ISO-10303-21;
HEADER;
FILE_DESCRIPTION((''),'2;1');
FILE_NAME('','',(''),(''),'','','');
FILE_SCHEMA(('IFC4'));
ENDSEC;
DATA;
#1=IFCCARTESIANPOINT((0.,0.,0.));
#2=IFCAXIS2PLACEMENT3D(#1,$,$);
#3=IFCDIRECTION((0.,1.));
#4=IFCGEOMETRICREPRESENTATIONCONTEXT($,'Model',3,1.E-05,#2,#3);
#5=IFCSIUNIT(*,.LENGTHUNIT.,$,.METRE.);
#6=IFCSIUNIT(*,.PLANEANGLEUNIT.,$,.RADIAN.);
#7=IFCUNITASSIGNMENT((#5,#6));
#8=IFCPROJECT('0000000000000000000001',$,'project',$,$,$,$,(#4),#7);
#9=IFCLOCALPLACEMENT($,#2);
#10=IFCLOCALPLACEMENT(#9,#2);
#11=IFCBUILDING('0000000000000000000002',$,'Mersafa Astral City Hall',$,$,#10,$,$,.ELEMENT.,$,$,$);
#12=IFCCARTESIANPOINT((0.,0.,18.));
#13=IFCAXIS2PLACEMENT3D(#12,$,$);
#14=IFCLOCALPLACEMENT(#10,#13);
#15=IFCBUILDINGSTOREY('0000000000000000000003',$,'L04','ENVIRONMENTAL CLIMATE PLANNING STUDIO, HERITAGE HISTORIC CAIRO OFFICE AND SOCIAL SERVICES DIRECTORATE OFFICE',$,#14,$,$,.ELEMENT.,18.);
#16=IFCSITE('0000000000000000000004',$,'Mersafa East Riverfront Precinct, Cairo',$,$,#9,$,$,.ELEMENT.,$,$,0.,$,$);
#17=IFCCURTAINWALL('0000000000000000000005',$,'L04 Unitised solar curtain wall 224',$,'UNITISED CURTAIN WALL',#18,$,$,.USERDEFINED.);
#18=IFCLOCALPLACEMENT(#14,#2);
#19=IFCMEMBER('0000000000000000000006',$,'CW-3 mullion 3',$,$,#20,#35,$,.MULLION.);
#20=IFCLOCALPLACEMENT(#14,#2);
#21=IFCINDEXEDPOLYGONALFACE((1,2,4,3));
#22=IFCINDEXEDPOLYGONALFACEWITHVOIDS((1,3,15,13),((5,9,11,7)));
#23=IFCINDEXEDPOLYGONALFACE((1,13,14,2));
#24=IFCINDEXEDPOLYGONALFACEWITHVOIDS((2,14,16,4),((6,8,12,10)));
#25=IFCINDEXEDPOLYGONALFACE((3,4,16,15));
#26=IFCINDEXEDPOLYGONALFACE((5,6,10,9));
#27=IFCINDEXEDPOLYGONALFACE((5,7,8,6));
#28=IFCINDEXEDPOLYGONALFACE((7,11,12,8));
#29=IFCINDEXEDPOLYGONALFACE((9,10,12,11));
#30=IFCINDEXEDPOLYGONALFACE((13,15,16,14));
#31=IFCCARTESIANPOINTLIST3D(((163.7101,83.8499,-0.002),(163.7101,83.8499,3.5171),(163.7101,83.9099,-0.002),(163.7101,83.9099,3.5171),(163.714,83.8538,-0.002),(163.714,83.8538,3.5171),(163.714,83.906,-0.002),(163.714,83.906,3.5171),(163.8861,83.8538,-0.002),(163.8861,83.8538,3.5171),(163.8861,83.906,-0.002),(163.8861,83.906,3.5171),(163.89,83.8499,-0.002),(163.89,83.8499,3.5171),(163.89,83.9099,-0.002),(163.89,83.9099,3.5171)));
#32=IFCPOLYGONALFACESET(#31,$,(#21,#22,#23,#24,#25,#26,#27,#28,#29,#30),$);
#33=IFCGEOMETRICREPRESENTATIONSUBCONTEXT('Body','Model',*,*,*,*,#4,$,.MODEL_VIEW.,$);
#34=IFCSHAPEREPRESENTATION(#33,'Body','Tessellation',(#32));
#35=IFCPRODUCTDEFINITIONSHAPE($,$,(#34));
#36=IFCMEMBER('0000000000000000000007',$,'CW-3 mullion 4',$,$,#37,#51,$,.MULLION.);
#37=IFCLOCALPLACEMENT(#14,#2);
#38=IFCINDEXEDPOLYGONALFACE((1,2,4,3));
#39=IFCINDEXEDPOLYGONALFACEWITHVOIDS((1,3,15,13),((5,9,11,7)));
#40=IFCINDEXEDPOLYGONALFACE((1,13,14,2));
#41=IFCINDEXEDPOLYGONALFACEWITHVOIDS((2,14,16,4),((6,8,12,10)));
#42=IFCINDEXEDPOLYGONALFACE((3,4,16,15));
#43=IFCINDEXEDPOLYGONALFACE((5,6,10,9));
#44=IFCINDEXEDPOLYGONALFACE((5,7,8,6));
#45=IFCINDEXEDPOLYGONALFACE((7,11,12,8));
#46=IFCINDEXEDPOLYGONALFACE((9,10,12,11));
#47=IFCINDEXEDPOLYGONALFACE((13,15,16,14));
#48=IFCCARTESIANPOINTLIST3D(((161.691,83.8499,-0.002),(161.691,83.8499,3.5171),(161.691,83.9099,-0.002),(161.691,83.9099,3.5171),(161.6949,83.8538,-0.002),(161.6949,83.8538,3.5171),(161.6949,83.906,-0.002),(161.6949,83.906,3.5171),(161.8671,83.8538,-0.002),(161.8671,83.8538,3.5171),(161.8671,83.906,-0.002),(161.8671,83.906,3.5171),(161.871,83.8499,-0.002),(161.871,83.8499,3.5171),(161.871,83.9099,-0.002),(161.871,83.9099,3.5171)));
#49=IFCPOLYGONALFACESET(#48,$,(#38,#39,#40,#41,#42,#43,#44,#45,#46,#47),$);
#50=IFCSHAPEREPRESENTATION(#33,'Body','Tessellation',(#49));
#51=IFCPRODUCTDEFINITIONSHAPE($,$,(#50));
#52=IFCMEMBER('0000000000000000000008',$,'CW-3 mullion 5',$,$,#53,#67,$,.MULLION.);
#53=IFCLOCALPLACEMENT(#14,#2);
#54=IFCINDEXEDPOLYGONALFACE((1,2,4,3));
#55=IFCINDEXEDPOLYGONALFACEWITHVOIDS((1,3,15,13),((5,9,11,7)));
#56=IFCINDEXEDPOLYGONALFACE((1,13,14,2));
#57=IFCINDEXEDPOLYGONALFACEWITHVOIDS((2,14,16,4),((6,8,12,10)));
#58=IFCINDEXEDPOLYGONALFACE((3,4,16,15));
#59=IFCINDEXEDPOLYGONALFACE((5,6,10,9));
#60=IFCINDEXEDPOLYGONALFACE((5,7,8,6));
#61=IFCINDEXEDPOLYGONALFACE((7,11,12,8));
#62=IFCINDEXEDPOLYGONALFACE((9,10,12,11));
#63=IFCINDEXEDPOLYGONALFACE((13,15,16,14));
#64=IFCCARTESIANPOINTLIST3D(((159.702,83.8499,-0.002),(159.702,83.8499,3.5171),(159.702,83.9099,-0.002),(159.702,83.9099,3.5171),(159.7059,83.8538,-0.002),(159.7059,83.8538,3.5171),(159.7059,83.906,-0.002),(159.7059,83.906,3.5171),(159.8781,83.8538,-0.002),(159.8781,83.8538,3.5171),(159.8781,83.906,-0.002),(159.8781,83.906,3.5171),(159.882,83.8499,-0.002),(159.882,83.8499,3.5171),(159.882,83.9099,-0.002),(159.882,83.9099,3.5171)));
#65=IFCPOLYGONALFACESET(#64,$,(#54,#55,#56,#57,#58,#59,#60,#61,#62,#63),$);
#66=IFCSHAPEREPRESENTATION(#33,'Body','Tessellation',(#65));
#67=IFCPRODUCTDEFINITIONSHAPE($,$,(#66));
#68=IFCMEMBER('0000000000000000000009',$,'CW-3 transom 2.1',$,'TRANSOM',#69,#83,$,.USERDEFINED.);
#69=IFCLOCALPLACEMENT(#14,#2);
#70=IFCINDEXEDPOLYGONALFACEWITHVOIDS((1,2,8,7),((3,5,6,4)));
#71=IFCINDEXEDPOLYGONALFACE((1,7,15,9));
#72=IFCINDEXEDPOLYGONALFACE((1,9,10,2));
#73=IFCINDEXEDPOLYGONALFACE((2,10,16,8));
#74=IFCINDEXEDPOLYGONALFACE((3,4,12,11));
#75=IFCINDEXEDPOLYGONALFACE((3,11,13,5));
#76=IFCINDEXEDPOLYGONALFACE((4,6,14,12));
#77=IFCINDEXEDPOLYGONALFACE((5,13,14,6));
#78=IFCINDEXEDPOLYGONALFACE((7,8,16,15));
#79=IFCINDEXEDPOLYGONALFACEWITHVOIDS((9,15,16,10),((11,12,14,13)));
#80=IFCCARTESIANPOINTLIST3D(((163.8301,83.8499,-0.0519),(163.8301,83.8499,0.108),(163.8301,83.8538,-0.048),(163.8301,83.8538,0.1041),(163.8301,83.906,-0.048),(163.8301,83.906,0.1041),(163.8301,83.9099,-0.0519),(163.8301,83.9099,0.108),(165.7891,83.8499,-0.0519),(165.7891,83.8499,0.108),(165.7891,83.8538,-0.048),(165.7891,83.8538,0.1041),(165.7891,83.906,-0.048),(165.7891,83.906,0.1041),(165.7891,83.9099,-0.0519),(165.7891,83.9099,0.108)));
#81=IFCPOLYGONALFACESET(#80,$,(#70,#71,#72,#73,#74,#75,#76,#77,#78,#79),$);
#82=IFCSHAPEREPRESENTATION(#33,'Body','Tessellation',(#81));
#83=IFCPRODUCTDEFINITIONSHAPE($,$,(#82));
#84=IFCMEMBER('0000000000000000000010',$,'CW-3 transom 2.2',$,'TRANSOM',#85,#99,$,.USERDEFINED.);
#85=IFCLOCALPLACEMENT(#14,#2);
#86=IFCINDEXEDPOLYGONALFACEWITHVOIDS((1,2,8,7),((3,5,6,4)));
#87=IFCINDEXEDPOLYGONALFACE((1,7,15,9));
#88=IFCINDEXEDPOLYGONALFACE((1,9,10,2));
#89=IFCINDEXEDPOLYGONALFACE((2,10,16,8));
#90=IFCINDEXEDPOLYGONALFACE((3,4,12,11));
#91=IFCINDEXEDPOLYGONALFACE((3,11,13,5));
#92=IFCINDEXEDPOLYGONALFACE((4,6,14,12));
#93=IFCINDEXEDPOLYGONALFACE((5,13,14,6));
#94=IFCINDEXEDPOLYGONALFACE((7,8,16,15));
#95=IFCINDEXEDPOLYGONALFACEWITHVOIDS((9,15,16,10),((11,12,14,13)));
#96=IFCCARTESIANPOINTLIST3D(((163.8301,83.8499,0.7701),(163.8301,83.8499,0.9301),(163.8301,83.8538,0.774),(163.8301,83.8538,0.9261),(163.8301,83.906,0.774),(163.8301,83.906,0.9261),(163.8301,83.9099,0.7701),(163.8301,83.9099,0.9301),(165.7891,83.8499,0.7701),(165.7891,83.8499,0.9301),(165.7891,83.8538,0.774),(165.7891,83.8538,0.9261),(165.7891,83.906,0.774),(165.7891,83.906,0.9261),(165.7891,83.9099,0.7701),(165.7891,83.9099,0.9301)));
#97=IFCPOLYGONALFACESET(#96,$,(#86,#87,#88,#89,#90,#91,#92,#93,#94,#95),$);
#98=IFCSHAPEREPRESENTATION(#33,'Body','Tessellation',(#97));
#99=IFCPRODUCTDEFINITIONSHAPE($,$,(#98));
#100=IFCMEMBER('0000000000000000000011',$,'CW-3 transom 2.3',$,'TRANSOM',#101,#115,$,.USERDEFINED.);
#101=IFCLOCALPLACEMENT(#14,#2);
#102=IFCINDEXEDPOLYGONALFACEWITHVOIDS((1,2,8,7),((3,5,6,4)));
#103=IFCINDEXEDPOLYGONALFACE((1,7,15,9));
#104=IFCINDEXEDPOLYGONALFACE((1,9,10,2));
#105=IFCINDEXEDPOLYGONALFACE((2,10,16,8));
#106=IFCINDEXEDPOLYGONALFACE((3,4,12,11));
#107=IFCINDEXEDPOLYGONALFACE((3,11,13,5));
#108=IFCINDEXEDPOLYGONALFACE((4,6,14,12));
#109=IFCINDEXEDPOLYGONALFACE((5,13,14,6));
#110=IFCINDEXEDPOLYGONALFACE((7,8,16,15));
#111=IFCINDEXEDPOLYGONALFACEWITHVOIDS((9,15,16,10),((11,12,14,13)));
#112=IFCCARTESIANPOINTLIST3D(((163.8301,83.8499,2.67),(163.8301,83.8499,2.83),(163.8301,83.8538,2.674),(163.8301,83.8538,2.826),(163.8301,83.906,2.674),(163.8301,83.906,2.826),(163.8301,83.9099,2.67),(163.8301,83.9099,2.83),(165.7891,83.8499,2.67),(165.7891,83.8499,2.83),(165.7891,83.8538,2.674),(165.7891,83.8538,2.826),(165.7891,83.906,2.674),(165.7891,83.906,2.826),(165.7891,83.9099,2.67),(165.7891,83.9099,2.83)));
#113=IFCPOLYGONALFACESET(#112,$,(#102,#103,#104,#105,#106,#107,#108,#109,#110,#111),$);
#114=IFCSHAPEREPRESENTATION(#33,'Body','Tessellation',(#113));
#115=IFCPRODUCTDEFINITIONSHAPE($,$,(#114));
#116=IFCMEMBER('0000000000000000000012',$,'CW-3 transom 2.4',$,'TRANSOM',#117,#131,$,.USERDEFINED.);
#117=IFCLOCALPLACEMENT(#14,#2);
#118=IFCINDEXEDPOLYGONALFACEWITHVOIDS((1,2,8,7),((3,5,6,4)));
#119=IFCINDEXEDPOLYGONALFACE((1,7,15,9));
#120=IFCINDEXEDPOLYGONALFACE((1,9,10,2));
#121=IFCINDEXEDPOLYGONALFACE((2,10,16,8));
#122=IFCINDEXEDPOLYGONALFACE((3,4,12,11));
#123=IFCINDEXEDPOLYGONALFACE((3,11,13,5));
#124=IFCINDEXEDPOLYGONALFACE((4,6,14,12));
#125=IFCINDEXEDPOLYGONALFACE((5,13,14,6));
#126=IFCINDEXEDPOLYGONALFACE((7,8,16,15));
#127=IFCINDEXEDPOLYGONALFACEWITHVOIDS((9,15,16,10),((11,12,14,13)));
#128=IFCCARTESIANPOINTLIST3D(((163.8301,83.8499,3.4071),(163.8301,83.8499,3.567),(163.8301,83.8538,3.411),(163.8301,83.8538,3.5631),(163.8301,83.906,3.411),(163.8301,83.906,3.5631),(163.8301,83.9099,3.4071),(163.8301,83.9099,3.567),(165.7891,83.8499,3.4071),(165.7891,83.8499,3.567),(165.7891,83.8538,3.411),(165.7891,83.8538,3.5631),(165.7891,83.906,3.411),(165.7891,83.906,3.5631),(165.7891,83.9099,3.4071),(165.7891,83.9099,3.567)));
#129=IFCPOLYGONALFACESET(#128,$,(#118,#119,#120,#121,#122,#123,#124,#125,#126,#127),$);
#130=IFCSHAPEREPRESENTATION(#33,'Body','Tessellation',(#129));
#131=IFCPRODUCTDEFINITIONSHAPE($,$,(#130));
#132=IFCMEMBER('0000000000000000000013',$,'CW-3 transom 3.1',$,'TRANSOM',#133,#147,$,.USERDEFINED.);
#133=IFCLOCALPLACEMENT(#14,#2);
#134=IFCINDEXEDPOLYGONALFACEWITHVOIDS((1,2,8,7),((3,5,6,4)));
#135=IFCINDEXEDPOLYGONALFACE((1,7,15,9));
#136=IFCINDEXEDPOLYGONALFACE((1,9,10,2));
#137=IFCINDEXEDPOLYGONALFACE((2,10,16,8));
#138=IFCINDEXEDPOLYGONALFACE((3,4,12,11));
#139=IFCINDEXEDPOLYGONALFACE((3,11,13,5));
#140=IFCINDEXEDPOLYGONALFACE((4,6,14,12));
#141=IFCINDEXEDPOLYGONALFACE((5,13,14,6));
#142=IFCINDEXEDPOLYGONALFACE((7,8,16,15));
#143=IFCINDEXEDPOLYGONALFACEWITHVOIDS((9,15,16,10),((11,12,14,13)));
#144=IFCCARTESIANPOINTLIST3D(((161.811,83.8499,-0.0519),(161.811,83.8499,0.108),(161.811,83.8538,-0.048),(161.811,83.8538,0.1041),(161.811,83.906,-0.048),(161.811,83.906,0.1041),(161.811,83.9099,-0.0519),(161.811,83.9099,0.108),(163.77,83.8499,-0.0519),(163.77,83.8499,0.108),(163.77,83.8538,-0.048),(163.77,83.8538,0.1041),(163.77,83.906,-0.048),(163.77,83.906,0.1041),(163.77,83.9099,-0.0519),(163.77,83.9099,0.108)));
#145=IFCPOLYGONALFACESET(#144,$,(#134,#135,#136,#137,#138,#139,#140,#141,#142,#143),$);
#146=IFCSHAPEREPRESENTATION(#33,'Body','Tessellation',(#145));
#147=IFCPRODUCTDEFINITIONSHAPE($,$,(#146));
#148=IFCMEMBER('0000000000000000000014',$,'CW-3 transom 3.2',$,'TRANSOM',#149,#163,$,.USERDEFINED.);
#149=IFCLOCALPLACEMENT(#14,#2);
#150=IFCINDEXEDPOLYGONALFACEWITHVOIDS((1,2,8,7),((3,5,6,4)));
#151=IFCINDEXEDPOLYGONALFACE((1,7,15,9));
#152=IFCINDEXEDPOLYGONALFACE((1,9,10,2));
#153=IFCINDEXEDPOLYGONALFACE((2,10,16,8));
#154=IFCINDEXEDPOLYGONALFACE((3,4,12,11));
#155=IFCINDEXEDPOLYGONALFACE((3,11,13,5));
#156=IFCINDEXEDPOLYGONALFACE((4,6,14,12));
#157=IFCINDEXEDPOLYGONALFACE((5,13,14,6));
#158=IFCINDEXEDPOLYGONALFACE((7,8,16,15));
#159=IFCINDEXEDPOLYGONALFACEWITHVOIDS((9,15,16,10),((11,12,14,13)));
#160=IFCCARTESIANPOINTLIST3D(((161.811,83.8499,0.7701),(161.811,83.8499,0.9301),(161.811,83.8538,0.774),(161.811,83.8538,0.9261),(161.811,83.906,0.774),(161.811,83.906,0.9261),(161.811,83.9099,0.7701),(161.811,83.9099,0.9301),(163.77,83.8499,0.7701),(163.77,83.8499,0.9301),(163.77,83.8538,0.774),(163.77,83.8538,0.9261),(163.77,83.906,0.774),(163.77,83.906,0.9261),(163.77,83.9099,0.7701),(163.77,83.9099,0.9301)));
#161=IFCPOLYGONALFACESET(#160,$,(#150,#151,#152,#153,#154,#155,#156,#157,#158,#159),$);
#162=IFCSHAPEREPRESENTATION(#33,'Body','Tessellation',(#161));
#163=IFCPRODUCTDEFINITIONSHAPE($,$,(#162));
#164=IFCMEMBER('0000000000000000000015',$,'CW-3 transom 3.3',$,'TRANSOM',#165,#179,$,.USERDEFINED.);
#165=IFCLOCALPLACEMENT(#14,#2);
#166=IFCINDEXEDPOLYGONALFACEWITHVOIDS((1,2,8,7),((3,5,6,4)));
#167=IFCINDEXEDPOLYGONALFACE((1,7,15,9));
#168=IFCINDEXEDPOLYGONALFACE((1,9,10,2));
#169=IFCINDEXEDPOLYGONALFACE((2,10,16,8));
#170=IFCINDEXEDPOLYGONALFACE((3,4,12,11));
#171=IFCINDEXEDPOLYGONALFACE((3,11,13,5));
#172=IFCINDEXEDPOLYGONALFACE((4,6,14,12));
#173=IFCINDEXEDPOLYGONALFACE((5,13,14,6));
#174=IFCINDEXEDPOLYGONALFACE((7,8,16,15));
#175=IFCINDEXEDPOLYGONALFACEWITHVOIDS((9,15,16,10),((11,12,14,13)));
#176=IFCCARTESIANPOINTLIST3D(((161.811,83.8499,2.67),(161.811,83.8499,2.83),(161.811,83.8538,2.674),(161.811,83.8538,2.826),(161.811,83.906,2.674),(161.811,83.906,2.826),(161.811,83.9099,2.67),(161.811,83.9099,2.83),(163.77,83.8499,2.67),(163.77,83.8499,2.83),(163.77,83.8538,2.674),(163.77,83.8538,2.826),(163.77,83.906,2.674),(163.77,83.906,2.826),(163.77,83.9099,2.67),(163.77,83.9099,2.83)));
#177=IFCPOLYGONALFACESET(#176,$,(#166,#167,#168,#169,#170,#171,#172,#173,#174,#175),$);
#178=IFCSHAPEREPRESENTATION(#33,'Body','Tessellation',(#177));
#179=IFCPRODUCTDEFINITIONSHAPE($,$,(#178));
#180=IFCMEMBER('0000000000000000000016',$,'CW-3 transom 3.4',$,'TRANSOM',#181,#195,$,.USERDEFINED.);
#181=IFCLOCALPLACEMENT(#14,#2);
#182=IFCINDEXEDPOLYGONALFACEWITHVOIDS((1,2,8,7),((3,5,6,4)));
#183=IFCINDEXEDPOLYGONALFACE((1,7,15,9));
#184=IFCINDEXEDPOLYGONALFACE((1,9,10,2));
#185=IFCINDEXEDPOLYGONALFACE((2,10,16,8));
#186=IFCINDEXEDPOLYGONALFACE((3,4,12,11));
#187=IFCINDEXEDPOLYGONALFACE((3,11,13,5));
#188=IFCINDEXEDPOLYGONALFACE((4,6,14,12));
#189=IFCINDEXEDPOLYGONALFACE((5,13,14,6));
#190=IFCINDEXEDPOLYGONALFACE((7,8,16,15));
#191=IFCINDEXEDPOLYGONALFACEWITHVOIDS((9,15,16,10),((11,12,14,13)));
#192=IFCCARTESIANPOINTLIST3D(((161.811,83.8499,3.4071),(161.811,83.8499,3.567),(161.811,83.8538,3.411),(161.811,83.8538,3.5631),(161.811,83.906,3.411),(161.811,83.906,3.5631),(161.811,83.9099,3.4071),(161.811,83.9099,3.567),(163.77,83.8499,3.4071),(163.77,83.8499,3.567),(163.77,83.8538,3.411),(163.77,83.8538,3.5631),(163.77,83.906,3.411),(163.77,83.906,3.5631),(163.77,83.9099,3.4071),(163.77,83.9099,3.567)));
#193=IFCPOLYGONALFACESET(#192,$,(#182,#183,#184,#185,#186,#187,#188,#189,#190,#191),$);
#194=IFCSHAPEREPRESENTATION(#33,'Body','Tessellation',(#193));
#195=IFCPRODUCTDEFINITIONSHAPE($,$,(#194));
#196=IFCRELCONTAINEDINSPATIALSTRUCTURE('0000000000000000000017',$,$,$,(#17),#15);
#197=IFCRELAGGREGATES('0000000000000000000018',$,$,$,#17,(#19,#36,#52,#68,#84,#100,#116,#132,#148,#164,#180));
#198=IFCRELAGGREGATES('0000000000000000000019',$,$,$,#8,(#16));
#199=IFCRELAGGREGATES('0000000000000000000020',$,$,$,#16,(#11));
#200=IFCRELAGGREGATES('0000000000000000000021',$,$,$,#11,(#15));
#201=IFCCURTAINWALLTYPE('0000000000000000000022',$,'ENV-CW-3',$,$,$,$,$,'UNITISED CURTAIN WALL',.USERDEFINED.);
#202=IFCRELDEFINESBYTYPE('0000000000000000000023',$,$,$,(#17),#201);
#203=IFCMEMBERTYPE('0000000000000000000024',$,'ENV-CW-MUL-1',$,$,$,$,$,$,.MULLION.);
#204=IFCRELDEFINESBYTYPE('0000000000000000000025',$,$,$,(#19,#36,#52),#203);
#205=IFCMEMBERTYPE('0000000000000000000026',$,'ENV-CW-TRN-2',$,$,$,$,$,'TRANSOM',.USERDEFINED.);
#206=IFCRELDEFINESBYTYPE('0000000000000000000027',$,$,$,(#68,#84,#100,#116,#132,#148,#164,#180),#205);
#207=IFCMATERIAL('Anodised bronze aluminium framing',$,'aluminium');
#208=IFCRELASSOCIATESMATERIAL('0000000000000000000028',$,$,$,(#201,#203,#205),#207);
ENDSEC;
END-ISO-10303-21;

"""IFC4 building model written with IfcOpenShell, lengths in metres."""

from ifc_helpers import new_model, si_unit, direction, frame, origin, origin_2d, place, context, subcontext, project, spatial, hollow_rectangle, extrude, material, material_profile, profile_set, type_object, element, aggregate, save


model = new_model("IFC4")

# Units and contexts
model_context = context("Model", 3, precision=1e-05, world=origin(), true_north=direction((0.0, 1.0)))
body_context = subcontext(model_context, "Body", "Model", "MODEL_VIEW")
ifc_project = project(units=[si_unit("LENGTHUNIT", "METRE"), si_unit("PLANEANGLEUNIT", "RADIAN")], contexts=[model_context])

# Site, building, storey
site_placement = place(None, origin())
site = spatial("IfcSite", under=ifc_project, at=site_placement, Name="Mersafa East Riverfront Precinct, Cairo", CompositionType="ELEMENT", RefElevation=0.0)
building_placement = place(site_placement, origin())
building = spatial("IfcBuilding", under=site, at=building_placement, Name="Mersafa Astral City Hall", CompositionType="ELEMENT")
storey_placement = place(building_placement, frame((0.0, 0.0, 18.0)))
storey = spatial("IfcBuildingStorey", under=building, at=storey_placement, Name="L04", Description="ENVIRONMENTAL CLIMATE PLANNING STUDIO, HERITAGE HISTORIC CAIRO OFFICE AND SOCIAL SERVICES DIRECTORATE OFFICE", CompositionType="ELEMENT", Elevation=18.0)

# Curtain wall, members
ifc_material_1 = material(Name="Anodised bronze aluminium framing", Category="aluminium")
curtain_wall_type = type_object("IfcCurtainWallType", Name="ENV-CW-3", ElementType="UNITISED CURTAIN WALL", PredefinedType="USERDEFINED", material=ifc_material_1)
curtain_wall_placement = place(storey_placement, origin())
curtain_wall = element("IfcCurtainWall", 1, at=curtain_wall_placement, inside=storey, type_object=curtain_wall_type, Name="L04 Unitised solar curtain wall 224", ObjectType="UNITISED CURTAIN WALL", PredefinedType="USERDEFINED")
ifc_material_profile_1 = material_profile(ifc_material_1, hollow_rectangle(XDim=0.0601, YDim=0.1799, WallThickness=0.0039, at=origin_2d()), Name="RHS 60x180x4")
ifc_profile_set_1 = profile_set([ifc_material_profile_1], Name="Anodised bronze aluminium framing")
member_type_1 = type_object("IfcMemberType", Name="ENV-CW-MUL-1", PredefinedType="MULLION", material=ifc_profile_set_1)
member_1_placement = place(storey_placement, frame((163.8, 83.8799, -0.002), z_axis=(0.0, 0.0, 1.0), x_axis=(0.0, -1.0, 0.0)))
member_1 = element("IfcMember", 2, at=member_1_placement, type_object=member_type_1, Name="CW-3 mullion 3", PredefinedType="MULLION", context=body_context, shape_type="SweptSolid", body=[
    extrude(hollow_rectangle(XDim=0.0601, YDim=0.1799, WallThickness=0.0039, at=origin_2d()), origin(), (0.0, 0.0, 1.0), 3.519),
])
member_2_placement = place(storey_placement, frame((161.781, 83.8799, -0.002), z_axis=(0.0, 0.0, 1.0), x_axis=(0.0, -1.0, 0.0)))
member_2 = element("IfcMember", 3, at=member_2_placement, type_object=member_type_1, Name="CW-3 mullion 4", PredefinedType="MULLION", context=body_context, shape_type="SweptSolid", body=[
    extrude(hollow_rectangle(XDim=0.0601, YDim=0.1799, WallThickness=0.0039, at=origin_2d()), origin(), (0.0, 0.0, 1.0), 3.519),
])
member_3_placement = place(storey_placement, frame((159.792, 83.8799, -0.002), z_axis=(0.0, 0.0, 1.0), x_axis=(0.0, -1.0, 0.0)))
member_3 = element("IfcMember", 4, at=member_3_placement, type_object=member_type_1, Name="CW-3 mullion 5", PredefinedType="MULLION", context=body_context, shape_type="SweptSolid", body=[
    extrude(hollow_rectangle(XDim=0.0601, YDim=0.1799, WallThickness=0.0039, at=origin_2d()), origin(), (0.0, 0.0, 1.0), 3.519),
])
ifc_material_profile_2 = material_profile(ifc_material_1, hollow_rectangle(XDim=0.0601, YDim=0.1599, WallThickness=0.0039, at=origin_2d()), Name="RHS 60x160x4")
ifc_profile_set_2 = profile_set([ifc_material_profile_2], Name="Anodised bronze aluminium framing")
member_type_2 = type_object("IfcMemberType", Name="ENV-CW-TRN-2", ElementType="TRANSOM", PredefinedType="USERDEFINED", material=ifc_profile_set_2)
member_4_placement = place(storey_placement, frame((165.7891, 83.8799, 0.0281), z_axis=(-1.0, 0.0, 0.0), x_axis=(0.0, -1.0, 0.0)))
member_4 = element("IfcMember", 5, at=member_4_placement, type_object=member_type_2, Name="CW-3 transom 2.1", ObjectType="TRANSOM", PredefinedType="USERDEFINED", context=body_context, shape_type="SweptSolid", body=[
    extrude(hollow_rectangle(XDim=0.0601, YDim=0.1599, WallThickness=0.0039, at=origin_2d()), origin(), (0.0, 0.0, 1.0), 1.959),
])
member_5_placement = place(storey_placement, frame((165.7891, 83.8799, 0.8501), z_axis=(-1.0, 0.0, 0.0), x_axis=(0.0, -1.0, 0.0)))
member_5 = element("IfcMember", 6, at=member_5_placement, type_object=member_type_2, Name="CW-3 transom 2.2", ObjectType="TRANSOM", PredefinedType="USERDEFINED", context=body_context, shape_type="SweptSolid", body=[
    extrude(hollow_rectangle(XDim=0.0601, YDim=0.1599, WallThickness=0.0039, at=origin_2d()), origin(), (0.0, 0.0, 1.0), 1.959),
])
member_6_placement = place(storey_placement, frame((165.7891, 83.8799, 2.75), z_axis=(-1.0, 0.0, 0.0), x_axis=(0.0, -1.0, 0.0)))
member_6 = element("IfcMember", 7, at=member_6_placement, type_object=member_type_2, Name="CW-3 transom 2.3", ObjectType="TRANSOM", PredefinedType="USERDEFINED", context=body_context, shape_type="SweptSolid", body=[
    extrude(hollow_rectangle(XDim=0.0601, YDim=0.1599, WallThickness=0.0039, at=origin_2d()), origin(), (0.0, 0.0, 1.0), 1.959),
])
member_7_placement = place(storey_placement, frame((165.7891, 83.8799, 3.4871), z_axis=(-1.0, 0.0, 0.0), x_axis=(0.0, -1.0, 0.0)))
member_7 = element("IfcMember", 8, at=member_7_placement, type_object=member_type_2, Name="CW-3 transom 2.4", ObjectType="TRANSOM", PredefinedType="USERDEFINED", context=body_context, shape_type="SweptSolid", body=[
    extrude(hollow_rectangle(XDim=0.0601, YDim=0.1599, WallThickness=0.0039, at=origin_2d()), origin(), (0.0, 0.0, 1.0), 1.959),
])
member_8_placement = place(storey_placement, frame((163.77, 83.8799, 0.0281), z_axis=(-1.0, 0.0, 0.0), x_axis=(0.0, -1.0, 0.0)))
member_8 = element("IfcMember", 9, at=member_8_placement, type_object=member_type_2, Name="CW-3 transom 3.1", ObjectType="TRANSOM", PredefinedType="USERDEFINED", context=body_context, shape_type="SweptSolid", body=[
    extrude(hollow_rectangle(XDim=0.0601, YDim=0.1599, WallThickness=0.0039, at=origin_2d()), origin(), (0.0, 0.0, 1.0), 1.959),
])
member_9_placement = place(storey_placement, frame((163.77, 83.8799, 0.8501), z_axis=(-1.0, 0.0, 0.0), x_axis=(0.0, -1.0, 0.0)))
member_9 = element("IfcMember", 10, at=member_9_placement, type_object=member_type_2, Name="CW-3 transom 3.2", ObjectType="TRANSOM", PredefinedType="USERDEFINED", context=body_context, shape_type="SweptSolid", body=[
    extrude(hollow_rectangle(XDim=0.0601, YDim=0.1599, WallThickness=0.0039, at=origin_2d()), origin(), (0.0, 0.0, 1.0), 1.959),
])
member_10_placement = place(storey_placement, frame((163.77, 83.8799, 2.75), z_axis=(-1.0, 0.0, 0.0), x_axis=(0.0, -1.0, 0.0)))
member_10 = element("IfcMember", 11, at=member_10_placement, type_object=member_type_2, Name="CW-3 transom 3.3", ObjectType="TRANSOM", PredefinedType="USERDEFINED", context=body_context, shape_type="SweptSolid", body=[
    extrude(hollow_rectangle(XDim=0.0601, YDim=0.1599, WallThickness=0.0039, at=origin_2d()), origin(), (0.0, 0.0, 1.0), 1.959),
])
member_11_placement = place(storey_placement, frame((163.77, 83.8799, 3.4871), z_axis=(-1.0, 0.0, 0.0), x_axis=(0.0, -1.0, 0.0)))
member_11 = element("IfcMember", 12, at=member_11_placement, type_object=member_type_2, Name="CW-3 transom 3.4", ObjectType="TRANSOM", PredefinedType="USERDEFINED", context=body_context, shape_type="SweptSolid", body=[
    extrude(hollow_rectangle(XDim=0.0601, YDim=0.1599, WallThickness=0.0039, at=origin_2d()), origin(), (0.0, 0.0, 1.0), 1.959),
])

aggregate(curtain_wall, [member_1, member_2, member_3, member_4, member_5, member_6, member_7, member_8, member_9, member_10, member_11])

save(model, "model.ifc")
